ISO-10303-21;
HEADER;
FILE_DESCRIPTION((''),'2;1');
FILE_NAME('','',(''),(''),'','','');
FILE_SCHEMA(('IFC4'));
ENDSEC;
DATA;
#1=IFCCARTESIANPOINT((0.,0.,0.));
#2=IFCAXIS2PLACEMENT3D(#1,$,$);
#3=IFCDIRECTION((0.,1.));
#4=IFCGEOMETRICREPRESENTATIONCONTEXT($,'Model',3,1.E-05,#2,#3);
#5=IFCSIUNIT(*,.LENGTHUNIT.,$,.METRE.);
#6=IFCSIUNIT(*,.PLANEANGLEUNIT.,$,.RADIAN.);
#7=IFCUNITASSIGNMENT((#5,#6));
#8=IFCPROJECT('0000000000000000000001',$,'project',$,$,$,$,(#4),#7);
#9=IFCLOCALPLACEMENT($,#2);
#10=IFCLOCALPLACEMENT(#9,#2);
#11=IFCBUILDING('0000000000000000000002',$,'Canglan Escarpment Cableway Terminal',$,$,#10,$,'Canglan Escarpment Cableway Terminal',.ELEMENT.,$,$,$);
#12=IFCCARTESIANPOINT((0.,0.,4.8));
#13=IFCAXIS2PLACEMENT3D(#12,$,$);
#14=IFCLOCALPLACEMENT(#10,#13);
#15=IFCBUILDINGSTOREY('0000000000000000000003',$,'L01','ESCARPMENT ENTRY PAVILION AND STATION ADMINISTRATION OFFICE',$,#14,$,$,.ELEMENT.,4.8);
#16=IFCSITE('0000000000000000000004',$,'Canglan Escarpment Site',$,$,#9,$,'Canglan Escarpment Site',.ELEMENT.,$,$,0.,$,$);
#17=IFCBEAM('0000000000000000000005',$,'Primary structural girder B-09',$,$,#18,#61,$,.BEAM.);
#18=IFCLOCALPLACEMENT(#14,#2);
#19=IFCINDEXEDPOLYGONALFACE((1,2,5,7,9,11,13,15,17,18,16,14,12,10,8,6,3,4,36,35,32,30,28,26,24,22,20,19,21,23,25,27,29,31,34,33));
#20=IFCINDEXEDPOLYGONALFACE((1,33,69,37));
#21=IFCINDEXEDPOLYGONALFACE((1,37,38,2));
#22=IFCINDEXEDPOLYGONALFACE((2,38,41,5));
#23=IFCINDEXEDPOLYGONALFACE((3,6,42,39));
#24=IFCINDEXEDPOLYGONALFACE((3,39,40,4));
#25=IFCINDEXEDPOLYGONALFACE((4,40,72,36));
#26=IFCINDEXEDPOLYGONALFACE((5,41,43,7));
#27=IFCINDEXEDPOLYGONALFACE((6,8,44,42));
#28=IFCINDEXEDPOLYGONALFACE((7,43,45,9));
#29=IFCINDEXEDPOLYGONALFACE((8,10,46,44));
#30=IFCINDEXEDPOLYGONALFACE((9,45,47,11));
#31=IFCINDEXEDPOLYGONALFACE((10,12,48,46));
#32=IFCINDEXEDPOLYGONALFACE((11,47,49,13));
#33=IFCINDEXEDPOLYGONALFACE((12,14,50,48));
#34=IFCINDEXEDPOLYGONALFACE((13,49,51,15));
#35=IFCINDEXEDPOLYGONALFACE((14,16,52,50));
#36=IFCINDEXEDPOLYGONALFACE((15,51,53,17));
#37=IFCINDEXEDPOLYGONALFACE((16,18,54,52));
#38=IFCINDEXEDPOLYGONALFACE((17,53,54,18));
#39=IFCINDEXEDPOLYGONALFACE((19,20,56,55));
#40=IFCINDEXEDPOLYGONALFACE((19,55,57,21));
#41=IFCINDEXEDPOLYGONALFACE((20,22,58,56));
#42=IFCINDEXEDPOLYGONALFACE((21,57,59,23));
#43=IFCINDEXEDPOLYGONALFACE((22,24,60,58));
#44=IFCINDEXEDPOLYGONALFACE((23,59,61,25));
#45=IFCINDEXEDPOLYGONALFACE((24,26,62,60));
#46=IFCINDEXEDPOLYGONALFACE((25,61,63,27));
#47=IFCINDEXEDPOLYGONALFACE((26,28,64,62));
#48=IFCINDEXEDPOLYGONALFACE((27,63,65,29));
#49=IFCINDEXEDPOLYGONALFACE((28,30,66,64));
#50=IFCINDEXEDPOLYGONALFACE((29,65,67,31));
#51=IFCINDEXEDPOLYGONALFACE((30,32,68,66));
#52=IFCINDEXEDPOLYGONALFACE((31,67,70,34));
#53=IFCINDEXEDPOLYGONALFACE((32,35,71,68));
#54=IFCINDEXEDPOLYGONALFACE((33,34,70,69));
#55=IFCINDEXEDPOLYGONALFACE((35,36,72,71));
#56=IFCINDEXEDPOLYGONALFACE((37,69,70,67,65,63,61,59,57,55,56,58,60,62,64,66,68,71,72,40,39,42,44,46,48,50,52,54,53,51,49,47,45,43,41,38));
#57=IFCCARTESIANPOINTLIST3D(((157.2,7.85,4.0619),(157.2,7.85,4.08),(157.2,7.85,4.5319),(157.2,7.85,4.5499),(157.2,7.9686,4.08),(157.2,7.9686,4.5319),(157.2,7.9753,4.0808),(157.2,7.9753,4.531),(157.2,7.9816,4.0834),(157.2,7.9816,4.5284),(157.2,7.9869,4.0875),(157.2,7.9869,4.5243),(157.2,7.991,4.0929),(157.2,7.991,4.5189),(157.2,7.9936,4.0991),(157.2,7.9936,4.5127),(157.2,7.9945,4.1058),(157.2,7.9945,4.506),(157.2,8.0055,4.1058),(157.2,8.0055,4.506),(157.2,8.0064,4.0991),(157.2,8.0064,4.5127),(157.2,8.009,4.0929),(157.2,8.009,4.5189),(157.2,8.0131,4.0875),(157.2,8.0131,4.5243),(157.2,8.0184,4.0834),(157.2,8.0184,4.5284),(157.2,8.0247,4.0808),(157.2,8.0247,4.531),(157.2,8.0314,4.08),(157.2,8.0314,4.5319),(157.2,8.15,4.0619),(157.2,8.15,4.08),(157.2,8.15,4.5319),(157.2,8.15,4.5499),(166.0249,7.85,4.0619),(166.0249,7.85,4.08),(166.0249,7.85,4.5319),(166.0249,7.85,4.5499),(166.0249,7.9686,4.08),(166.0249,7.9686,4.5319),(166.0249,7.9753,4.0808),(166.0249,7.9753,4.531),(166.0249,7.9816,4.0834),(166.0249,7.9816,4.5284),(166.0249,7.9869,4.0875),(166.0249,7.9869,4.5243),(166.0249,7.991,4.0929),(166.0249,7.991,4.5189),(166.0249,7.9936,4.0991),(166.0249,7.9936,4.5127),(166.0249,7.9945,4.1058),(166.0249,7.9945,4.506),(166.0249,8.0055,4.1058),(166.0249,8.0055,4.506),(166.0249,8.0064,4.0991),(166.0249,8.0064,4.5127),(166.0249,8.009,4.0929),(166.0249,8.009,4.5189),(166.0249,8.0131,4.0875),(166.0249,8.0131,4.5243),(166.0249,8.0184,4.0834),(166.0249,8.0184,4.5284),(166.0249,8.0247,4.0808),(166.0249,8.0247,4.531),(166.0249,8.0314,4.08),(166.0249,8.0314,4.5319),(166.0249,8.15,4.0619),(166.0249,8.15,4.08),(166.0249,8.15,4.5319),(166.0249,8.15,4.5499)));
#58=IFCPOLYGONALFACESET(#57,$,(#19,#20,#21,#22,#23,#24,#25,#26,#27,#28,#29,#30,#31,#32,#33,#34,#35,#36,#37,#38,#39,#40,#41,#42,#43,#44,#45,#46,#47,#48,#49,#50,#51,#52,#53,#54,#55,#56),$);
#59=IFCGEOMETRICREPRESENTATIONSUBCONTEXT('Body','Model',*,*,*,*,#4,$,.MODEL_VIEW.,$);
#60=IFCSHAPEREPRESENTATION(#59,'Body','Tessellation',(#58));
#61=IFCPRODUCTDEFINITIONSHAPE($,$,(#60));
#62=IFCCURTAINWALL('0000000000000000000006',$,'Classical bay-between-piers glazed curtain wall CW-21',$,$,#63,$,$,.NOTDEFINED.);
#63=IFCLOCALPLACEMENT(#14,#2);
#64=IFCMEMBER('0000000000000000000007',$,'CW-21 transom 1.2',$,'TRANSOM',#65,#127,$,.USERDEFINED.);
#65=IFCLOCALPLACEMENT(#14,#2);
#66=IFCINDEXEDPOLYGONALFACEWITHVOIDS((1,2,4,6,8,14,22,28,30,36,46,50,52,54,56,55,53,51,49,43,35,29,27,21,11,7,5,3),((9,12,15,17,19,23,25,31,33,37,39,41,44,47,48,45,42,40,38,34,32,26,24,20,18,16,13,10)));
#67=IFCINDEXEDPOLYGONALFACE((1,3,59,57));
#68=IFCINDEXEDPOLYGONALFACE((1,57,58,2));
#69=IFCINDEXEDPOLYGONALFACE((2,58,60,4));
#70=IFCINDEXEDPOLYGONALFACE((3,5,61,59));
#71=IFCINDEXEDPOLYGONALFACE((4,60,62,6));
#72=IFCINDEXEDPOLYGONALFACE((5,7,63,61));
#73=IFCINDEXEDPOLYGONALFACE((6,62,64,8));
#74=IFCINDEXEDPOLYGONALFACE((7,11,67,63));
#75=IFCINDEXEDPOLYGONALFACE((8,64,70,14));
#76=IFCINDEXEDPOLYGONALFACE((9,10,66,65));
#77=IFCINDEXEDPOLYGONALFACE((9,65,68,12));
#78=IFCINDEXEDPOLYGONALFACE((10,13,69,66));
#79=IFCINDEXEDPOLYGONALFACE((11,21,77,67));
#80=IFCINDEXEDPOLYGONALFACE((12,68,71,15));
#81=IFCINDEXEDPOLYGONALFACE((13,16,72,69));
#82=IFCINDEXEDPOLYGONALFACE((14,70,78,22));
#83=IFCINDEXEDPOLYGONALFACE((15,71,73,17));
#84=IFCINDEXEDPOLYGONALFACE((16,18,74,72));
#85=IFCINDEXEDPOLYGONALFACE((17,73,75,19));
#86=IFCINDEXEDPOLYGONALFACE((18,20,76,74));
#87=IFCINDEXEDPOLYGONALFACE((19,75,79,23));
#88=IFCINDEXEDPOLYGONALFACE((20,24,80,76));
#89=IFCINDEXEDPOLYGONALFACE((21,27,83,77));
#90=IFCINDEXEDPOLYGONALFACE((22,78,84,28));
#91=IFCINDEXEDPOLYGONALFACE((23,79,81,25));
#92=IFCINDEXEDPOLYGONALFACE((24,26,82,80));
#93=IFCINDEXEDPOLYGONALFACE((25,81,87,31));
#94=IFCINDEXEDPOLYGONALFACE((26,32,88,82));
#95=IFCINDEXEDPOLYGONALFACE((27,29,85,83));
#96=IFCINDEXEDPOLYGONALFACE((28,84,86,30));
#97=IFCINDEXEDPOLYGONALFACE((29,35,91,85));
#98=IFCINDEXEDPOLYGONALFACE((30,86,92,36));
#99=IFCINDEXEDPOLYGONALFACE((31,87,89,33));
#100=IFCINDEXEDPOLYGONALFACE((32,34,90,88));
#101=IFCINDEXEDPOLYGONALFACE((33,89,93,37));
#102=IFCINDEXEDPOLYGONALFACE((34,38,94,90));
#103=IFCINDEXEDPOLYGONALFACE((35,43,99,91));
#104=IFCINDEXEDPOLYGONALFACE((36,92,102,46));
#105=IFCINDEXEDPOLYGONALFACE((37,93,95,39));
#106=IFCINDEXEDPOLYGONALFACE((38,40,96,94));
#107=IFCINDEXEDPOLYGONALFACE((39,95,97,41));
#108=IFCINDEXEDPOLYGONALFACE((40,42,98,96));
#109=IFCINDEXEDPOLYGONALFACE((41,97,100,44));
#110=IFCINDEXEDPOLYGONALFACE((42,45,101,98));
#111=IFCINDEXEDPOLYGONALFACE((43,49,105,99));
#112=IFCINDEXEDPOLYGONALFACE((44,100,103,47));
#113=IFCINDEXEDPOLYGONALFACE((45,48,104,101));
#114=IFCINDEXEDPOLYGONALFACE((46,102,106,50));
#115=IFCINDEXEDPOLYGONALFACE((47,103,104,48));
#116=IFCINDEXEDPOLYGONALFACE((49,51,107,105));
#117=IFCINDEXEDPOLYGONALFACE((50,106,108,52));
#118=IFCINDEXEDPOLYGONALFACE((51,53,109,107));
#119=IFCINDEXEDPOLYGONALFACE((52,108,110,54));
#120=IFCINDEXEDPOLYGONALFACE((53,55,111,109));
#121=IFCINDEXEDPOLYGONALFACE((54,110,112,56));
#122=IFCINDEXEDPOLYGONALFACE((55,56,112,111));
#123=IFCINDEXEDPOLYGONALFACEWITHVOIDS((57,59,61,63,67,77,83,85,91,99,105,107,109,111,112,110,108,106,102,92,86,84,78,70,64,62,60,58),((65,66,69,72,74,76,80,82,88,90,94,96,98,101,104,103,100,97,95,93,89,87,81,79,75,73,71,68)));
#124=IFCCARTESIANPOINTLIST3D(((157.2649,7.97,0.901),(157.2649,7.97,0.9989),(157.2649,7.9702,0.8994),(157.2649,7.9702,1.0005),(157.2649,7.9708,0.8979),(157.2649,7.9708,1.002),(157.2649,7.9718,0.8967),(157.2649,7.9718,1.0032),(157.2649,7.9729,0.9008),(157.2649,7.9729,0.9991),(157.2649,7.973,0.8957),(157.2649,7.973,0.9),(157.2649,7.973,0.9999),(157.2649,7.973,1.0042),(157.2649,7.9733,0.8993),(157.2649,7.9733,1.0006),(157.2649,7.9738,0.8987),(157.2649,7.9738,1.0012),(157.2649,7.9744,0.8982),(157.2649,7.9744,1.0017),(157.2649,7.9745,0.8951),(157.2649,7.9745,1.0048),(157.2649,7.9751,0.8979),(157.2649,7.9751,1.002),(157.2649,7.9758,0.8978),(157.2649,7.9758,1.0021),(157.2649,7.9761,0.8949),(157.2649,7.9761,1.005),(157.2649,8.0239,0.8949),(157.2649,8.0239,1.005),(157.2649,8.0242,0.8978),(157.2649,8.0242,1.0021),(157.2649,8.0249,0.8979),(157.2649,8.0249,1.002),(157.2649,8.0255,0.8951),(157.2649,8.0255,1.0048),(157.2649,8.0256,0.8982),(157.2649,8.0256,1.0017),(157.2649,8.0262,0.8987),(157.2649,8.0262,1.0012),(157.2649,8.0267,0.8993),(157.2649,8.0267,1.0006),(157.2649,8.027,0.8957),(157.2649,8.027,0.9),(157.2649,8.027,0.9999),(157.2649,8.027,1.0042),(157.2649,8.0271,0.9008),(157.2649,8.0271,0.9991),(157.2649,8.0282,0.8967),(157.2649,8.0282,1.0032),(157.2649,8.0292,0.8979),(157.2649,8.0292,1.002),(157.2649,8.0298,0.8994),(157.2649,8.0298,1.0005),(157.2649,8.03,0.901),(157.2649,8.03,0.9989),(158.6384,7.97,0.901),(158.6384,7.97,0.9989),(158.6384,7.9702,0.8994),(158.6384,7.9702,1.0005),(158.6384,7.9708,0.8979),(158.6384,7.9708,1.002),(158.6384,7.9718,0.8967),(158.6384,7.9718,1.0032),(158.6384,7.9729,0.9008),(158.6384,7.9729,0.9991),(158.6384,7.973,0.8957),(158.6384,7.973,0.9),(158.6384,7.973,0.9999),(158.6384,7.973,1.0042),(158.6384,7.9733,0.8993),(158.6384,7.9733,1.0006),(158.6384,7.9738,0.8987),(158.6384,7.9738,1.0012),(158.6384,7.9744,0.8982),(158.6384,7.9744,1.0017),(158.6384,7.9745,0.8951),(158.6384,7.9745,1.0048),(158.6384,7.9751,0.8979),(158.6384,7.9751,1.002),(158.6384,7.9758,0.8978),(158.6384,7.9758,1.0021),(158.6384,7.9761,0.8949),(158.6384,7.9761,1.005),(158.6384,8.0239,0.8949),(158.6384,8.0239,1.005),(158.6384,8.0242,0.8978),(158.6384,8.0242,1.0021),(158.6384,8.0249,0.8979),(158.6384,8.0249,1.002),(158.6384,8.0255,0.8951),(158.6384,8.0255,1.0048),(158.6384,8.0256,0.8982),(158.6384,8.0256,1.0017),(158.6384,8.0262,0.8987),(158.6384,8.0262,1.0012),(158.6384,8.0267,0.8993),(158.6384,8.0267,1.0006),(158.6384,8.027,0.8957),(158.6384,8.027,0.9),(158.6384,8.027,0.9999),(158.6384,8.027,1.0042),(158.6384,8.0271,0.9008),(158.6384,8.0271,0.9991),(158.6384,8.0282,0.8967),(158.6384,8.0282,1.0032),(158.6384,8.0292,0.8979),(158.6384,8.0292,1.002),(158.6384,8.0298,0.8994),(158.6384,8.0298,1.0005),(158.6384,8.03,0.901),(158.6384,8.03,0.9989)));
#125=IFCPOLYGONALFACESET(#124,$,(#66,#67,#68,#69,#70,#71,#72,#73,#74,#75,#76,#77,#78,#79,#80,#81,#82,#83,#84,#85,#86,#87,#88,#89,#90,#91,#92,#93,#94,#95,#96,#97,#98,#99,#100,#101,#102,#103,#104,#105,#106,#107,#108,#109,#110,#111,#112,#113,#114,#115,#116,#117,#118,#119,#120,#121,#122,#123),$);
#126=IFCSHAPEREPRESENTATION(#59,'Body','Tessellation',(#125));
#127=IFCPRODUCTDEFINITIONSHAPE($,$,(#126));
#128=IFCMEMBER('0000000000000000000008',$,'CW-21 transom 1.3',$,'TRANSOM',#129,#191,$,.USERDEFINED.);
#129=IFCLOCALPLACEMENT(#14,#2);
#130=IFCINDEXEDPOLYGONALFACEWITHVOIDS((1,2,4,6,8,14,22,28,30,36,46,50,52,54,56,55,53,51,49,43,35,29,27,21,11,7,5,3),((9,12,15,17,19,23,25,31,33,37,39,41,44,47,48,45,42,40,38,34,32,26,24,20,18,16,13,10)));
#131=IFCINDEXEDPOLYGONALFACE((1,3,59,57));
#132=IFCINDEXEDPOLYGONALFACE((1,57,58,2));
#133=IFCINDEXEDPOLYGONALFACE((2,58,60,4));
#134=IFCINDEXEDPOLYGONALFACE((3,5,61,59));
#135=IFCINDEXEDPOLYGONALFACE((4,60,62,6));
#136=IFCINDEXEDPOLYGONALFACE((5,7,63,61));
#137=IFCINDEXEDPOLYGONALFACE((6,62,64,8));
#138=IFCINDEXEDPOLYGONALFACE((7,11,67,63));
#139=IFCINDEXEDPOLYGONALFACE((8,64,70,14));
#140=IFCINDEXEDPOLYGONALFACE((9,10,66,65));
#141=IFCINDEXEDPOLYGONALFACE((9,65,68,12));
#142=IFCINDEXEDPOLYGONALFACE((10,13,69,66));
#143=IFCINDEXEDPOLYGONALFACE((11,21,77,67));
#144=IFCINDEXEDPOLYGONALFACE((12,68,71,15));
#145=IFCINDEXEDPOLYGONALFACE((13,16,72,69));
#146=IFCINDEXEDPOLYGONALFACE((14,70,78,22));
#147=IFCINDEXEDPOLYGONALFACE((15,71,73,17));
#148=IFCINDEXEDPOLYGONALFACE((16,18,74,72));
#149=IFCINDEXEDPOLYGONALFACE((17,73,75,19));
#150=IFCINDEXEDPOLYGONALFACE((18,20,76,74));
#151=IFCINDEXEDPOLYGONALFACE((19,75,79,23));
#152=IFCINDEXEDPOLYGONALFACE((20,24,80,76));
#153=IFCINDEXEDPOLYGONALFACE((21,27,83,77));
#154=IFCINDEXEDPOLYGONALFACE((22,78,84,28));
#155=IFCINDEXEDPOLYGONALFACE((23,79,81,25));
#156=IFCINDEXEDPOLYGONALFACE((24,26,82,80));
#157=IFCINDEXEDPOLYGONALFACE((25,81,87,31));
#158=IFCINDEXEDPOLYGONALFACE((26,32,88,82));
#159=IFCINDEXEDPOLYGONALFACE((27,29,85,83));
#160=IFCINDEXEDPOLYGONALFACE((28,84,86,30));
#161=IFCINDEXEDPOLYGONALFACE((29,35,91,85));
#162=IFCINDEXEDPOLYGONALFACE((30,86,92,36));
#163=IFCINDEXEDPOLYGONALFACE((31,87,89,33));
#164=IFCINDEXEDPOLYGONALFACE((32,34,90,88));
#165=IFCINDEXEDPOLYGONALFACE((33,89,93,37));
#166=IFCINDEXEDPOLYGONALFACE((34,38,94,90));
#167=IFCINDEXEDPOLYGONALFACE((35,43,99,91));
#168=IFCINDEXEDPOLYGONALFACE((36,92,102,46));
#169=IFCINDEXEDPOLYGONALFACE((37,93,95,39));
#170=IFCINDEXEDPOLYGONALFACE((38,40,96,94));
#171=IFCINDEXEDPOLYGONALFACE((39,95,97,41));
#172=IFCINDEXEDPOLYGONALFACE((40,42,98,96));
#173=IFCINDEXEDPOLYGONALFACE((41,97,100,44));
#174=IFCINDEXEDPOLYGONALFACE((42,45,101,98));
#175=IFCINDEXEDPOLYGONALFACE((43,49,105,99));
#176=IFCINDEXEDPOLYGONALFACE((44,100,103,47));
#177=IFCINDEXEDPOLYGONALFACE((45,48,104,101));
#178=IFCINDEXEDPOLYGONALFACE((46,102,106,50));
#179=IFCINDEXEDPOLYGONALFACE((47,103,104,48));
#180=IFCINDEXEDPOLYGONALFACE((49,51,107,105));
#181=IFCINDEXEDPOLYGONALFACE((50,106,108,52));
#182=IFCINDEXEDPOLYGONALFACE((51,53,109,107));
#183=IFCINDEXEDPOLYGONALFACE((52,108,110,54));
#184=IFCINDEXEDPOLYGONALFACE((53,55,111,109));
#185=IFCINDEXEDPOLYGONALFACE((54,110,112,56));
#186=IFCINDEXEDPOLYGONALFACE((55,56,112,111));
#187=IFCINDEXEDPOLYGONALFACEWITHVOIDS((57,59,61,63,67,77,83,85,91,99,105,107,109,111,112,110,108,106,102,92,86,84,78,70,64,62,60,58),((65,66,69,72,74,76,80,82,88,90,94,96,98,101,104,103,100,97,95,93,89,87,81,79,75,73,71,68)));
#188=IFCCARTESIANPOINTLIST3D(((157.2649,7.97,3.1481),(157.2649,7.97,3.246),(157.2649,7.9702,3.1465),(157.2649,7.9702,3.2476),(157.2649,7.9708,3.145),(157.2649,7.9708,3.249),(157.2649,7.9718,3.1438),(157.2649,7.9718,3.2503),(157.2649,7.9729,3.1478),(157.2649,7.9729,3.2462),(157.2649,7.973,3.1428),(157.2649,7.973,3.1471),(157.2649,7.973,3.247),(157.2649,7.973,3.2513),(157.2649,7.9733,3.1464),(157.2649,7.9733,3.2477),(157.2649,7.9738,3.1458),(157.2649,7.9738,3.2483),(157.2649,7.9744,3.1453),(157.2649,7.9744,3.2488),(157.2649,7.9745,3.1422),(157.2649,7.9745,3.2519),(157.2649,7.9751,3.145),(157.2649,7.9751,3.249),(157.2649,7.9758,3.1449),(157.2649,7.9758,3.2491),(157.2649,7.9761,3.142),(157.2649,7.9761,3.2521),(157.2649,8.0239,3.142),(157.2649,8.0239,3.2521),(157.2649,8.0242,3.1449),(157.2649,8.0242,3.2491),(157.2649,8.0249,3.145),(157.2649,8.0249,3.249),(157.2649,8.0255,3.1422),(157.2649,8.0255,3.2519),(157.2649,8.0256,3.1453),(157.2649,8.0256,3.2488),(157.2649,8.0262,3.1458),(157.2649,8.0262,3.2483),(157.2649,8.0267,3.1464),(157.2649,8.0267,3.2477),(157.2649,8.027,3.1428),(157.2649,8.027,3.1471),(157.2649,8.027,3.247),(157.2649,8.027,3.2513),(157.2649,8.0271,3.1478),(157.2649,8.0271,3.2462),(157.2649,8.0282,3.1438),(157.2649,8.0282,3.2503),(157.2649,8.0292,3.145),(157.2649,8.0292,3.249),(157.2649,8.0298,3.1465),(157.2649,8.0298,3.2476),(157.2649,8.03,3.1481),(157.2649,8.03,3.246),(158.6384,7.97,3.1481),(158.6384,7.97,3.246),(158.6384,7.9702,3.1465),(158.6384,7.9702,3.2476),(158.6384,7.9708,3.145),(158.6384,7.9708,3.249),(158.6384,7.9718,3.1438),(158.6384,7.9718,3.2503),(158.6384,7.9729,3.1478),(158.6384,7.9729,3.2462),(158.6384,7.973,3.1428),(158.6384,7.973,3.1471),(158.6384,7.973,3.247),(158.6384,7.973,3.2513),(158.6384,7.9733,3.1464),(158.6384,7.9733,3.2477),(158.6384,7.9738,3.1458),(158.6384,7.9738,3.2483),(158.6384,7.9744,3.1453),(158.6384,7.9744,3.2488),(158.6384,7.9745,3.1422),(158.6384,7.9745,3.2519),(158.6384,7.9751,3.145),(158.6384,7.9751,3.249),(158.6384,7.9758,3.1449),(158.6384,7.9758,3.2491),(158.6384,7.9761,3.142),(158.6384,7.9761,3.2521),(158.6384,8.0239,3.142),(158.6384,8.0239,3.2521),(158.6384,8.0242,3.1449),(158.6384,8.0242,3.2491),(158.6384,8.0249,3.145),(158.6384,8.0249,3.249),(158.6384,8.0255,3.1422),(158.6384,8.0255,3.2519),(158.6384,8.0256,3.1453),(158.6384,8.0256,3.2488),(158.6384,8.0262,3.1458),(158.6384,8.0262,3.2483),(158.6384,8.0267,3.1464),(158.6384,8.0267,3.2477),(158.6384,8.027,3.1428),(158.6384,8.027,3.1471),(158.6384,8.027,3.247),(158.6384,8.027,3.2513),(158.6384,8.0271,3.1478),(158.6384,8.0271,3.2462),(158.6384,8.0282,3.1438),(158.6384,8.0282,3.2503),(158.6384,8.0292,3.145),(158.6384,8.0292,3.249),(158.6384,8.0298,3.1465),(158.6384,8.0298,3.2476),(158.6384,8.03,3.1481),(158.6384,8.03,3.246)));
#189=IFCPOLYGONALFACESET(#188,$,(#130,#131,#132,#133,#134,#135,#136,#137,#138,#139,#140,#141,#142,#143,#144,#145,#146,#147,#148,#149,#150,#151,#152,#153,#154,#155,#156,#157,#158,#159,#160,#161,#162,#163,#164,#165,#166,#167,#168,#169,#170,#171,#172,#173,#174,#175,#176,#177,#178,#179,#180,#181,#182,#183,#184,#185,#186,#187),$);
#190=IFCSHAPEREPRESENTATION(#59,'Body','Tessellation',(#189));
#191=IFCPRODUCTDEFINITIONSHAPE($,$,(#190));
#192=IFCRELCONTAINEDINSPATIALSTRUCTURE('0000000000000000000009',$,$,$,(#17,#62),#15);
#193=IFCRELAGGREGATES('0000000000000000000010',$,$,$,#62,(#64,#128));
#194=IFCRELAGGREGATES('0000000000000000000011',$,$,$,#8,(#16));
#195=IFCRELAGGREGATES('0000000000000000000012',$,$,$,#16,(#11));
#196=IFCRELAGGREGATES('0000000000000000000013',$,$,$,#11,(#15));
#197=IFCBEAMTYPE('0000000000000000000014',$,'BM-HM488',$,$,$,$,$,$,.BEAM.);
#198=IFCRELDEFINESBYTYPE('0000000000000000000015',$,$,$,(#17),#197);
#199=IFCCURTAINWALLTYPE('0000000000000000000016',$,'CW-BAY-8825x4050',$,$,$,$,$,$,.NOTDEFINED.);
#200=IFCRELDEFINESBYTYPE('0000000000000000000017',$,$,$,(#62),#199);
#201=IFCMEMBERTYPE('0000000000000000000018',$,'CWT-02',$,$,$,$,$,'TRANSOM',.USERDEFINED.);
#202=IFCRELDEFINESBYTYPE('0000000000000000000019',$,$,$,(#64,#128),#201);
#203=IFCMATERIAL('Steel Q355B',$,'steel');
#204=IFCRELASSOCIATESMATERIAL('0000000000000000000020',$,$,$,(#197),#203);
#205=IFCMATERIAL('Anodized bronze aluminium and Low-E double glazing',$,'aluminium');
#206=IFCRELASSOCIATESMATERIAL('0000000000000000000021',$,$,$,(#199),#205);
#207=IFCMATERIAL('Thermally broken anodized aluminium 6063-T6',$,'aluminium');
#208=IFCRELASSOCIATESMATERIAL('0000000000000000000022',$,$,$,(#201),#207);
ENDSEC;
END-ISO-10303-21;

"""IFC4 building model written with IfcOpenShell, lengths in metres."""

from ifc_helpers import new_model, si_unit, direction, frame, origin, origin_2d, place, context, subcontext, project, spatial, hollow_rectangle, i_section, extrude, material, material_profile, profile_set, type_object, element, aggregate, save


model = new_model("IFC4")

# Units and contexts
model_context = context("Model", 3, precision=1e-05, world=origin(), true_north=direction((0.0, 1.0)))
body_context = subcontext(model_context, "Body", "Model", "MODEL_VIEW")
ifc_project = project(units=[si_unit("LENGTHUNIT", "METRE"), si_unit("PLANEANGLEUNIT", "RADIAN")], contexts=[model_context])

# Site, building, storey
site_placement = place(None, origin())
site = spatial("IfcSite", under=ifc_project, at=site_placement, Name="Canglan Escarpment Site", LongName="Canglan Escarpment Site", CompositionType="ELEMENT", RefElevation=0.0)
building_placement = place(site_placement, origin())
building = spatial("IfcBuilding", under=site, at=building_placement, Name="Canglan Escarpment Cableway Terminal", LongName="Canglan Escarpment Cableway Terminal", CompositionType="ELEMENT")
storey_placement = place(building_placement, frame((0.0, 0.0, 4.8)))
storey = spatial("IfcBuildingStorey", under=building, at=storey_placement, Name="L01", Description="ESCARPMENT ENTRY PAVILION AND STATION ADMINISTRATION OFFICE", CompositionType="ELEMENT", Elevation=4.8)

# Beam
ifc_material_1 = material(Name="Steel Q355B", Category="steel")
ifc_material_profile_1 = material_profile(ifc_material_1, i_section(OverallWidth=0.3, OverallDepth=0.488, WebThickness=0.011, FlangeThickness=0.0181, FilletRadius=0.0259, at=origin_2d()), Name="HM 488x300x11x18")
ifc_profile_set_1 = profile_set([ifc_material_profile_1], Name="Steel Q355B")
beam_type = type_object("IfcBeamType", Name="BM-HM488", PredefinedType="BEAM", material=ifc_profile_set_1)
beam_placement = place(storey_placement, frame((157.2, 8.0, 4.3059), z_axis=(1.0, 0.0, 0.0), x_axis=(0.0, 1.0, 0.0)))
element("IfcBeam", 1, at=beam_placement, inside=storey, type_object=beam_type, Name="Primary structural girder B-09", PredefinedType="BEAM", context=body_context, shape_type="SweptSolid", body=[
    extrude(i_section(OverallWidth=0.3, OverallDepth=0.488, WebThickness=0.011, FlangeThickness=0.0181, FilletRadius=0.0259, at=origin_2d()), origin(), (0.0, 0.0, 1.0), 8.825),
])

# Curtain wall, members
ifc_material_2 = material(Name="Anodized bronze aluminium and Low-E double glazing", Category="aluminium")
curtain_wall_type = type_object("IfcCurtainWallType", Name="CW-BAY-8825x4050", PredefinedType="NOTDEFINED", material=ifc_material_2)
curtain_wall_placement = place(storey_placement, origin())
curtain_wall = element("IfcCurtainWall", 2, at=curtain_wall_placement, inside=storey, type_object=curtain_wall_type, Name="Classical bay-between-piers glazed curtain wall CW-21", PredefinedType="NOTDEFINED")
ifc_material_3 = material(Name="Thermally broken anodized aluminium 6063-T6", Category="aluminium")
ifc_material_profile_2 = material_profile(ifc_material_3, hollow_rectangle(XDim=0.0601, YDim=0.1101, WallThickness=0.0029, InnerFilletRadius=0.0029, OuterFilletRadius=0.0061, at=origin_2d()), Name="ALU-TRAN 60x110x3")
ifc_profile_set_2 = profile_set([ifc_material_profile_2], Name="Thermally broken anodized aluminium 6063-T6")
member_type = type_object("IfcMemberType", Name="CWT-02", ElementType="TRANSOM", PredefinedType="USERDEFINED", material=ifc_profile_set_2)
member_1_placement = place(storey_placement, frame((157.2649, 8.0, 0.95), z_axis=(1.0, 0.0, 0.0), x_axis=(0.0, 1.0, 0.0)))
member_1 = element("IfcMember", 3, at=member_1_placement, type_object=member_type, Name="CW-21 transom 1.2", ObjectType="TRANSOM", PredefinedType="USERDEFINED", context=body_context, shape_type="SweptSolid", body=[
    extrude(hollow_rectangle(XDim=0.0601, YDim=0.1101, WallThickness=0.0029, InnerFilletRadius=0.0029, OuterFilletRadius=0.0061, at=origin_2d()), origin(), (0.0, 0.0, 1.0), 1.3735),
])
member_2_placement = place(storey_placement, frame((157.2649, 8.0, 3.197), z_axis=(1.0, 0.0, 0.0), x_axis=(0.0, 1.0, 0.0)))
member_2 = element("IfcMember", 4, at=member_2_placement, type_object=member_type, Name="CW-21 transom 1.3", ObjectType="TRANSOM", PredefinedType="USERDEFINED", context=body_context, shape_type="SweptSolid", body=[
    extrude(hollow_rectangle(XDim=0.0601, YDim=0.1101, WallThickness=0.0029, InnerFilletRadius=0.0029, OuterFilletRadius=0.0061, at=origin_2d()), origin(), (0.0, 0.0, 1.0), 1.3735),
])
aggregate(curtain_wall, [member_1, member_2])

save(model, "model.ifc")
